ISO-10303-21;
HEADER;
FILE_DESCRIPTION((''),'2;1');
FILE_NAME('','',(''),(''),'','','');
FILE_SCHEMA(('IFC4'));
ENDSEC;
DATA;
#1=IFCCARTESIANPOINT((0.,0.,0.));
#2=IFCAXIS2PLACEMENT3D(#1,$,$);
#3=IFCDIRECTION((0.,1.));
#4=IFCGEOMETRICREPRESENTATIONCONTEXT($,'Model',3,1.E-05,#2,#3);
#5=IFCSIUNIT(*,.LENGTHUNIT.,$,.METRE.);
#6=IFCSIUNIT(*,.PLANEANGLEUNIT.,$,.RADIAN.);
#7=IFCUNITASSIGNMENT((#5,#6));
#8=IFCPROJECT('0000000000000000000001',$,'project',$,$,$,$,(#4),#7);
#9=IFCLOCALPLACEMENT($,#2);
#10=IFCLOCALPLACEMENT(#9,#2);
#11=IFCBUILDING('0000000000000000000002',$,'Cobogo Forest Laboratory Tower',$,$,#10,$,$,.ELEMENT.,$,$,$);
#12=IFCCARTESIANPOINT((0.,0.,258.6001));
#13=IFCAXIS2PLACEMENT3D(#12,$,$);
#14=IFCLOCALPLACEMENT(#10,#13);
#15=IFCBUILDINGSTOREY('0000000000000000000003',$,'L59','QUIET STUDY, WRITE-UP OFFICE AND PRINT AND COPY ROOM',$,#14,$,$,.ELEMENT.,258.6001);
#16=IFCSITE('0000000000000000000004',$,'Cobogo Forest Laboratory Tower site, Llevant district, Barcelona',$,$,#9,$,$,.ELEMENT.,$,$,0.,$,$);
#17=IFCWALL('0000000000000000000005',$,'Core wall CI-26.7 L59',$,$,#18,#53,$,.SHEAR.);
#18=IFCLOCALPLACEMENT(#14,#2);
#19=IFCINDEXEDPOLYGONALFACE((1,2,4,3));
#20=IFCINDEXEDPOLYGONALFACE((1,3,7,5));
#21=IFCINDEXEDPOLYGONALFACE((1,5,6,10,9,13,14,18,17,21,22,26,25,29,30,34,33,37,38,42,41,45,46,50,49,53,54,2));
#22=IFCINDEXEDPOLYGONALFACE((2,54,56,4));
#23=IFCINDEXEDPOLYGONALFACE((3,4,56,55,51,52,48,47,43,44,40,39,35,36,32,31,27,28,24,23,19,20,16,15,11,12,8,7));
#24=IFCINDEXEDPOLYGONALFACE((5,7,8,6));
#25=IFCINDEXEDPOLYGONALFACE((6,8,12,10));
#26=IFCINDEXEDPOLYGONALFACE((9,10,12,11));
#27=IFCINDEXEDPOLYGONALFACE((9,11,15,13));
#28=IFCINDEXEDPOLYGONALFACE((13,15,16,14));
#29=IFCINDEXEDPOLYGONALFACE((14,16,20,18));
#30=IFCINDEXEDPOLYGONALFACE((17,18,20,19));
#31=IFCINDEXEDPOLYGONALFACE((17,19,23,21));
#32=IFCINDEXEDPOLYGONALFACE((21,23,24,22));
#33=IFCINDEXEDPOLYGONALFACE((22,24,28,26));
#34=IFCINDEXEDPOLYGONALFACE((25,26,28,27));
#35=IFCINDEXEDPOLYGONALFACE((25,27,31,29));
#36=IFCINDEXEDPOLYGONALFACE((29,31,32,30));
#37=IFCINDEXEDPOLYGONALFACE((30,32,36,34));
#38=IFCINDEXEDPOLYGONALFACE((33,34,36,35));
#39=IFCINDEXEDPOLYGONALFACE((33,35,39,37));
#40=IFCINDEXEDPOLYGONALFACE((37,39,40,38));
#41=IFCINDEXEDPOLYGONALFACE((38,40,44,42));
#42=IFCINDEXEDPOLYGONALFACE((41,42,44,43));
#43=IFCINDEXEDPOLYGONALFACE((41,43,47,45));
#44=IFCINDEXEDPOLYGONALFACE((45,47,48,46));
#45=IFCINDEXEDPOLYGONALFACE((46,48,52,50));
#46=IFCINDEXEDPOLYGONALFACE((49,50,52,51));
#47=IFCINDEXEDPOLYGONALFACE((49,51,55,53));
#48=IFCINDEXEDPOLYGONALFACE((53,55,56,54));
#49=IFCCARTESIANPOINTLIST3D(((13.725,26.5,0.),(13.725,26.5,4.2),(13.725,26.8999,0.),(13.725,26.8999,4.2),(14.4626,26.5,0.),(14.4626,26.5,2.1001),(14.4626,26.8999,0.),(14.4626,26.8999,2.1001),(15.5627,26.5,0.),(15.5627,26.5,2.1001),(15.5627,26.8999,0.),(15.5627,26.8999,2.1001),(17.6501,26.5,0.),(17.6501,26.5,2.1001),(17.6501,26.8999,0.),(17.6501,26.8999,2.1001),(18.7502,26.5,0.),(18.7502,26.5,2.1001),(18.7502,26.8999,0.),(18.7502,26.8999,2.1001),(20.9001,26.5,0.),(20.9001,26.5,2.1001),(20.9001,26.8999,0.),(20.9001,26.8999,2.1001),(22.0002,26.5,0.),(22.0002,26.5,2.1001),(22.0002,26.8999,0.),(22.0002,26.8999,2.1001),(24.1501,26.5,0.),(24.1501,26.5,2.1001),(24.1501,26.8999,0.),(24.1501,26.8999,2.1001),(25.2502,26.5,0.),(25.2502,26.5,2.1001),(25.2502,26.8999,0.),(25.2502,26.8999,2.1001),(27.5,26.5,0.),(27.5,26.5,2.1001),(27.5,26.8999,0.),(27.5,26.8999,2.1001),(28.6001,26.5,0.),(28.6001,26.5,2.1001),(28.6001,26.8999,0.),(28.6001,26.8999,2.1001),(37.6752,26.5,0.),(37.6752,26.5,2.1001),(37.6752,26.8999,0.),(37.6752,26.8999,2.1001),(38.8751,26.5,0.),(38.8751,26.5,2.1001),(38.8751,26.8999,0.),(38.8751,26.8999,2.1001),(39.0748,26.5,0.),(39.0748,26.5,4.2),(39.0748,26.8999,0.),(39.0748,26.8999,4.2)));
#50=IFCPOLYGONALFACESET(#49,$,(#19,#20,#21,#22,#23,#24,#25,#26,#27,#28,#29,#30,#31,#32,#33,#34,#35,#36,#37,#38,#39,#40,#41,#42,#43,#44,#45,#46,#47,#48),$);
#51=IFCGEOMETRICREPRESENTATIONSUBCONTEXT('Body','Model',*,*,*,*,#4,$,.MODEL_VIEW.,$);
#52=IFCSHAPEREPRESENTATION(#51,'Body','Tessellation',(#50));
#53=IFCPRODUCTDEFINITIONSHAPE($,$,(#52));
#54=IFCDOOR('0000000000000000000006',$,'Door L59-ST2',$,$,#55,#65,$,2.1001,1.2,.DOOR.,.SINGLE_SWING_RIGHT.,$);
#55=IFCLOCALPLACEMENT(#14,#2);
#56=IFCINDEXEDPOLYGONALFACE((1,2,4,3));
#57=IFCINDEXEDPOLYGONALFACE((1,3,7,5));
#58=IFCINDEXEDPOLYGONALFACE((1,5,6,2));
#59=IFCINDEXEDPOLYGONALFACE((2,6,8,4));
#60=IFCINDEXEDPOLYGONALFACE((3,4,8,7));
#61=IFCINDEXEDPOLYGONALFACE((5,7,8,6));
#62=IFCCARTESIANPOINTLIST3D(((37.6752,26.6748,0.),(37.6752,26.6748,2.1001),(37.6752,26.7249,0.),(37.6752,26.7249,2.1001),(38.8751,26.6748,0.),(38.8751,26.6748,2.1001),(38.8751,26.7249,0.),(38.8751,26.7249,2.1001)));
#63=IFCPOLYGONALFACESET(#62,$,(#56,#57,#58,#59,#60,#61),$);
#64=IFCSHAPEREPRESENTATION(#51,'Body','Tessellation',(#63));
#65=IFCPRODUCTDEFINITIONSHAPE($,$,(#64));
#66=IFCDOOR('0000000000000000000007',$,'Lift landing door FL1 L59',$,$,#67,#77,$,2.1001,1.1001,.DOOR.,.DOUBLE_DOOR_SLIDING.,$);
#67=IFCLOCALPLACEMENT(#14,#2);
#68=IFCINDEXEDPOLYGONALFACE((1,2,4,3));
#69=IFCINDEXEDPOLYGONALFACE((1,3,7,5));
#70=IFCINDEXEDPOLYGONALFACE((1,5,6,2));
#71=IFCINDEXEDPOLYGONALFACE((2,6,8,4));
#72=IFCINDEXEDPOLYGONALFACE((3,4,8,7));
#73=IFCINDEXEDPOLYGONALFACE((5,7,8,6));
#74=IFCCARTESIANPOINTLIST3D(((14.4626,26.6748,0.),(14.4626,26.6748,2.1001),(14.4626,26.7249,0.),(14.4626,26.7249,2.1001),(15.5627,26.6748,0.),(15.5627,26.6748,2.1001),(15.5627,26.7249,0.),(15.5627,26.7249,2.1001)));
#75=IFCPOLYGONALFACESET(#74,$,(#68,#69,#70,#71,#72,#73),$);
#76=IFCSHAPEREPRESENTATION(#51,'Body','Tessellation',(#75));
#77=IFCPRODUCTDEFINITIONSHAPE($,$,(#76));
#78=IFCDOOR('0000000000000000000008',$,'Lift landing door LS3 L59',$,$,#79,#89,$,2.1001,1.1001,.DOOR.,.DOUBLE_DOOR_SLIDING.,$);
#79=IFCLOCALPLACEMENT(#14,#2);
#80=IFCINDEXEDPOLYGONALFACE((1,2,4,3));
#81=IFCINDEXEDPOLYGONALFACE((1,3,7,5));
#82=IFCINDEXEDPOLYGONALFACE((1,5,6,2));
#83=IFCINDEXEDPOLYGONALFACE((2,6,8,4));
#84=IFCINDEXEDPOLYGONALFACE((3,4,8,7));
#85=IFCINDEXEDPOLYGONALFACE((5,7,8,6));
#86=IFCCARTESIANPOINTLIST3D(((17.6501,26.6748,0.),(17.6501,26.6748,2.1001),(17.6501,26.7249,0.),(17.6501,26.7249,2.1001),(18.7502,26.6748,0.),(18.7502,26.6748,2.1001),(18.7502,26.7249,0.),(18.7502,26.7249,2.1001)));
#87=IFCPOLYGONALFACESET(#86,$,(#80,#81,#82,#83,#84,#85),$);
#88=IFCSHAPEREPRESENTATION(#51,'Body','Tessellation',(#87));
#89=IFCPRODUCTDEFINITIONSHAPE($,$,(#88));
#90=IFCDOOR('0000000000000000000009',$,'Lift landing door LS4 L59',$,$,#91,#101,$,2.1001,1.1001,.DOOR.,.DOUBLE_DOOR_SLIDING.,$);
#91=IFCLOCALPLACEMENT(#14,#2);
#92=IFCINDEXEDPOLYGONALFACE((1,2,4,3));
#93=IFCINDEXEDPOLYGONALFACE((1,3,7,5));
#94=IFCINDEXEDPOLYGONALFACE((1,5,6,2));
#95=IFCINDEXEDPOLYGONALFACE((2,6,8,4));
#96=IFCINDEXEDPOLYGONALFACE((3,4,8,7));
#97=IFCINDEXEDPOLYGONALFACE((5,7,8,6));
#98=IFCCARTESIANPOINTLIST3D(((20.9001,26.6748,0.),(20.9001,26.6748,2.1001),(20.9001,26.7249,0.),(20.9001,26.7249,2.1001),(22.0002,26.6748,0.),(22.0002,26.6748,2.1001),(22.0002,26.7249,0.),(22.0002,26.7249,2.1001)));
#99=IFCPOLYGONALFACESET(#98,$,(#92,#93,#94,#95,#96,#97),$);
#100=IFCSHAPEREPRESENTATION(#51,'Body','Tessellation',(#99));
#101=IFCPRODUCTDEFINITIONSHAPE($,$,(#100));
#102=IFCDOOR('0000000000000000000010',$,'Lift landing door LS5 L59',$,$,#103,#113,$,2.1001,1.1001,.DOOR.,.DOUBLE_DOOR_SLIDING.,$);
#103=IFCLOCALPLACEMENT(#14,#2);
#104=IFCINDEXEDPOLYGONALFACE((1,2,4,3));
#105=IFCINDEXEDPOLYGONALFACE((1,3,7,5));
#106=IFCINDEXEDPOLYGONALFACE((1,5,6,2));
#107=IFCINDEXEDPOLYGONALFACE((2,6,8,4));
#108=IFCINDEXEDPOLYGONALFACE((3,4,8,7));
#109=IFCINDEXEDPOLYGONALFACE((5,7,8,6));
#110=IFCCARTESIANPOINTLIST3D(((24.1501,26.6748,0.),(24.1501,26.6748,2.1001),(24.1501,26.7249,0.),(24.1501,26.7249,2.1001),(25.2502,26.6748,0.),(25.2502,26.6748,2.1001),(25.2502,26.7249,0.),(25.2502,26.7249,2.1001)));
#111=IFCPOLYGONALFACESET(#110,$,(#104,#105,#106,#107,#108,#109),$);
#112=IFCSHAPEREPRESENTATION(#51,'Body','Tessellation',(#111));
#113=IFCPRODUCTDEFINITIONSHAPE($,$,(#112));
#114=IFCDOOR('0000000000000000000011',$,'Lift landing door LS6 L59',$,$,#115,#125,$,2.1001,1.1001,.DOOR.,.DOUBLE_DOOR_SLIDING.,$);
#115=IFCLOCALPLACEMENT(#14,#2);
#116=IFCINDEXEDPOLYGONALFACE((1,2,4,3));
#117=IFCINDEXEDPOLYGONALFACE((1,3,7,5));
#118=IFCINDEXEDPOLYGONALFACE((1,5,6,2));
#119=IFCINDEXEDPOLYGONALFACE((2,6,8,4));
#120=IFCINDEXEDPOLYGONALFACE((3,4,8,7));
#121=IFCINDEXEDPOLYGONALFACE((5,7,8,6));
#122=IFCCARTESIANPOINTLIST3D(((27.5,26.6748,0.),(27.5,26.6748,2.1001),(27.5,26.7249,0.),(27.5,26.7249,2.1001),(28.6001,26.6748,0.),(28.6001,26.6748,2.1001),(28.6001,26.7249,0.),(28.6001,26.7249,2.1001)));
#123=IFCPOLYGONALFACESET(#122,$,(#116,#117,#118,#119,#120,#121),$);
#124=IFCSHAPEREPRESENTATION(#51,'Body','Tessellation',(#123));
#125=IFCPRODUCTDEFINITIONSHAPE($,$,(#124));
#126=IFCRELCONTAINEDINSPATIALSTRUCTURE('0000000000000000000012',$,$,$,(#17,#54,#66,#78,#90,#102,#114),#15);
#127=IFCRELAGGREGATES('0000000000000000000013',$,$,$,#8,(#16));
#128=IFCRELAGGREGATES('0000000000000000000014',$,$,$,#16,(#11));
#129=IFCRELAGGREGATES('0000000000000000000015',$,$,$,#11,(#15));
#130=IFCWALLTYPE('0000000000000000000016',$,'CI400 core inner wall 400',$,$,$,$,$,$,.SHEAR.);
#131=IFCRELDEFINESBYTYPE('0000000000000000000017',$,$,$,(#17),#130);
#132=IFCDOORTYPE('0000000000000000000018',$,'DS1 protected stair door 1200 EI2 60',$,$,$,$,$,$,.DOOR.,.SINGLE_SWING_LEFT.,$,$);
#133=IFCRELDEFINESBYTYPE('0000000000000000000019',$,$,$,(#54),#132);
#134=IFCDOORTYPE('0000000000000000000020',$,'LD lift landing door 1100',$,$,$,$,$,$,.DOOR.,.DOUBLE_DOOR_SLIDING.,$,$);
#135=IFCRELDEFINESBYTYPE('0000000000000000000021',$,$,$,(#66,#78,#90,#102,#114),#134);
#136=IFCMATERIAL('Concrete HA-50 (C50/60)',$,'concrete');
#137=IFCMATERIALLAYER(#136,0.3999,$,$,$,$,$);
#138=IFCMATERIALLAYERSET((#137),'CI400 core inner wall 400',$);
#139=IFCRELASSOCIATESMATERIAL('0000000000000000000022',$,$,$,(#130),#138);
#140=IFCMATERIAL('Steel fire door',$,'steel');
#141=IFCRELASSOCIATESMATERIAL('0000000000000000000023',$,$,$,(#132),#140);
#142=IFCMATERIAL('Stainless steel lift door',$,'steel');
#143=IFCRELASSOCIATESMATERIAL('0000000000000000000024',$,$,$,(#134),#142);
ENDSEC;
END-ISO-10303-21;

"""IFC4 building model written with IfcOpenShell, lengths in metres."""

from ifc_helpers import new_model, si_unit, direction, frame, frame_2d, origin, place, context, subcontext, project, spatial, rectangle, extrude, material, layer, layer_set, type_object, element, fill, save


model = new_model("IFC4")

# Units and contexts
model_context = context("Model", 3, precision=1e-05, world=origin(), true_north=direction((0.0, 1.0)))
body_context = subcontext(model_context, "Body", "Model", "MODEL_VIEW")
ifc_project = project(units=[si_unit("LENGTHUNIT", "METRE"), si_unit("PLANEANGLEUNIT", "RADIAN")], contexts=[model_context])

# Site, building, storey
site_placement = place(None, origin())
site = spatial("IfcSite", under=ifc_project, at=site_placement, Name="Cobogo Forest Laboratory Tower site, Llevant district, Barcelona", CompositionType="ELEMENT", RefElevation=0.0)
building_placement = place(site_placement, origin())
building = spatial("IfcBuilding", under=site, at=building_placement, Name="Cobogo Forest Laboratory Tower", CompositionType="ELEMENT")
storey_placement = place(building_placement, frame((0.0, 0.0, 258.6001)))
storey = spatial("IfcBuildingStorey", under=building, at=storey_placement, Name="L59", Description="QUIET STUDY, WRITE-UP OFFICE AND PRINT AND COPY ROOM", CompositionType="ELEMENT", Elevation=258.6001)

# Shared definitions
ifc_material_1 = material(Name="Concrete HA-50 (C50/60)", Category="concrete")

# Shared definitions
ifc_layer_1 = layer(ifc_material_1, 0.3999)
ifc_layer_set_1 = layer_set([ifc_layer_1], Name="CI400 core inner wall 400")
wall_type_1 = type_object("IfcWallType", Name="CI400 core inner wall 400", PredefinedType="SHEAR", material=ifc_layer_set_1)
ifc_material_2 = material(Name="Steel fire door", Category="steel")
door_type_1 = type_object("IfcDoorType", Name="DS1 protected stair door 1200 EI2 60", OperationType="SINGLE_SWING_LEFT", PredefinedType="DOOR", material=ifc_material_2)
ifc_material_3 = material(Name="Stainless steel lift door", Category="steel")
door_type_2 = type_object("IfcDoorType", Name="LD lift landing door 1100", OperationType="DOUBLE_DOOR_SLIDING", PredefinedType="DOOR", material=ifc_material_3)

# Wall, openings, doors
wall_1_placement = place(storey_placement, frame((13.7251, 26.7, 0.0), z_axis=(0.0, 0.0, 1.0), x_axis=(1.0, 0.0, 0.0)))
wall_1 = element("IfcWall", 1, at=wall_1_placement, inside=storey, type_object=wall_type_1, Name="Core wall CI-26.7 L59", PredefinedType="SHEAR", context=body_context, shape_type="SweptSolid", body=[
    extrude(rectangle(XDim=25.3499, YDim=0.3999, at=frame_2d((12.6748, 0.0))), origin(), (0.0, 0.0, 1.0), 4.2),
])
opening_1_placement = place(wall_1_placement, frame((23.95, 0.0, 0.0)))
opening_1 = element("IfcOpeningElement", 2, at=opening_1_placement, cuts=wall_1, PredefinedType="OPENING", context=body_context, shape_type="SweptSolid", body=[
    extrude(rectangle(XDim=1.2, YDim=2.1001, at=frame_2d((0.6001, 1.05))), frame((0.0, 0.21, 0.0), z_axis=(0.0, -1.0, 0.0), x_axis=(1.0, 0.0, 0.0)), (0.0, 0.0, 1.0), 0.4199),
])
opening_2_placement = place(wall_1_placement, frame((0.7375, 0.0, 0.0)))
opening_2 = element("IfcOpeningElement", 3, at=opening_2_placement, cuts=wall_1, PredefinedType="OPENING", context=body_context, shape_type="SweptSolid", body=[
    extrude(rectangle(XDim=1.1001, YDim=2.1001, at=frame_2d((0.55, 1.05))), frame((0.0, 0.21, 0.0), z_axis=(0.0, -1.0, 0.0), x_axis=(1.0, 0.0, 0.0)), (0.0, 0.0, 1.0), 0.4199),
])
opening_3_placement = place(wall_1_placement, frame((3.925, 0.0, 0.0)))
opening_3 = element("IfcOpeningElement", 4, at=opening_3_placement, cuts=wall_1, PredefinedType="OPENING", context=body_context, shape_type="SweptSolid", body=[
    extrude(rectangle(XDim=1.1001, YDim=2.1001, at=frame_2d((0.55, 1.05))), frame((0.0, 0.21, 0.0), z_axis=(0.0, -1.0, 0.0), x_axis=(1.0, 0.0, 0.0)), (0.0, 0.0, 1.0), 0.4199),
])
opening_4_placement = place(wall_1_placement, frame((7.175, 0.0, 0.0)))
opening_4 = element("IfcOpeningElement", 5, at=opening_4_placement, cuts=wall_1, PredefinedType="OPENING", context=body_context, shape_type="SweptSolid", body=[
    extrude(rectangle(XDim=1.1001, YDim=2.1001, at=frame_2d((0.55, 1.05))), frame((0.0, 0.21, 0.0), z_axis=(0.0, -1.0, 0.0), x_axis=(1.0, 0.0, 0.0)), (0.0, 0.0, 1.0), 0.4199),
])
opening_5_placement = place(wall_1_placement, frame((10.425, 0.0, 0.0)))
opening_5 = element("IfcOpeningElement", 6, at=opening_5_placement, cuts=wall_1, PredefinedType="OPENING", context=body_context, shape_type="SweptSolid", body=[
    extrude(rectangle(XDim=1.1001, YDim=2.1001, at=frame_2d((0.55, 1.05))), frame((0.0, 0.21, 0.0), z_axis=(0.0, -1.0, 0.0), x_axis=(1.0, 0.0, 0.0)), (0.0, 0.0, 1.0), 0.4199),
])
opening_6_placement = place(wall_1_placement, frame((13.7749, 0.0, 0.0)))
opening_6 = element("IfcOpeningElement", 7, at=opening_6_placement, cuts=wall_1, PredefinedType="OPENING", context=body_context, shape_type="SweptSolid", body=[
    extrude(rectangle(XDim=1.1001, YDim=2.1001, at=frame_2d((0.55, 1.05))), frame((0.0, 0.21, 0.0), z_axis=(0.0, -1.0, 0.0), x_axis=(1.0, 0.0, 0.0)), (0.0, 0.0, 1.0), 0.4199),
])
door_1_placement = place(opening_1_placement, origin())
door_1 = element("IfcDoor", 8, at=door_1_placement, inside=storey, type_object=door_type_1, Name="Door L59-ST2", OperationType="SINGLE_SWING_RIGHT", OverallHeight=2.1001, OverallWidth=1.2, PredefinedType="DOOR", context=body_context, shape_type="SweptSolid", body=[
    extrude(rectangle(XDim=1.2, YDim=2.1001, at=frame_2d((0.6001, 1.05))), frame((0.0, 0.0249, 0.0), z_axis=(0.0, -1.0, 0.0), x_axis=(1.0, 0.0, 0.0)), (0.0, 0.0, 1.0), 0.05),
])
fill(opening_1, door_1)
door_2_placement = place(opening_2_placement, origin())
door_2 = element("IfcDoor", 9, at=door_2_placement, inside=storey, type_object=door_type_2, Name="Lift landing door FL1 L59", OperationType="DOUBLE_DOOR_SLIDING", OverallHeight=2.1001, OverallWidth=1.1001, PredefinedType="DOOR", context=body_context, shape_type="SweptSolid", body=[
    extrude(rectangle(XDim=1.1001, YDim=2.1001, at=frame_2d((0.55, 1.05))), frame((0.0, 0.0249, 0.0), z_axis=(0.0, -1.0, 0.0), x_axis=(1.0, 0.0, 0.0)), (0.0, 0.0, 1.0), 0.05),
])
fill(opening_2, door_2)
door_3_placement = place(opening_3_placement, origin())
door_3 = element("IfcDoor", 10, at=door_3_placement, inside=storey, type_object=door_type_2, Name="Lift landing door LS3 L59", OperationType="DOUBLE_DOOR_SLIDING", OverallHeight=2.1001, OverallWidth=1.1001, PredefinedType="DOOR", context=body_context, shape_type="SweptSolid", body=[
    extrude(rectangle(XDim=1.1001, YDim=2.1001, at=frame_2d((0.55, 1.05))), frame((0.0, 0.0249, 0.0), z_axis=(0.0, -1.0, 0.0), x_axis=(1.0, 0.0, 0.0)), (0.0, 0.0, 1.0), 0.05),
])
fill(opening_3, door_3)
door_4_placement = place(opening_4_placement, origin())
door_4 = element("IfcDoor", 11, at=door_4_placement, inside=storey, type_object=door_type_2, Name="Lift landing door LS4 L59", OperationType="DOUBLE_DOOR_SLIDING", OverallHeight=2.1001, OverallWidth=1.1001, PredefinedType="DOOR", context=body_context, shape_type="SweptSolid", body=[
    extrude(rectangle(XDim=1.1001, YDim=2.1001, at=frame_2d((0.55, 1.05))), frame((0.0, 0.0249, 0.0), z_axis=(0.0, -1.0, 0.0), x_axis=(1.0, 0.0, 0.0)), (0.0, 0.0, 1.0), 0.05),
])
fill(opening_4, door_4)
door_5_placement = place(opening_5_placement, origin())
door_5 = element("IfcDoor", 12, at=door_5_placement, inside=storey, type_object=door_type_2, Name="Lift landing door LS5 L59", OperationType="DOUBLE_DOOR_SLIDING", OverallHeight=2.1001, OverallWidth=1.1001, PredefinedType="DOOR", context=body_context, shape_type="SweptSolid", body=[
    extrude(rectangle(XDim=1.1001, YDim=2.1001, at=frame_2d((0.55, 1.05))), frame((0.0, 0.0249, 0.0), z_axis=(0.0, -1.0, 0.0), x_axis=(1.0, 0.0, 0.0)), (0.0, 0.0, 1.0), 0.05),
])
fill(opening_5, door_5)
door_6_placement = place(opening_6_placement, origin())
door_6 = element("IfcDoor", 13, at=door_6_placement, inside=storey, type_object=door_type_2, Name="Lift landing door LS6 L59", OperationType="DOUBLE_DOOR_SLIDING", OverallHeight=2.1001, OverallWidth=1.1001, PredefinedType="DOOR", context=body_context, shape_type="SweptSolid", body=[
    extrude(rectangle(XDim=1.1001, YDim=2.1001, at=frame_2d((0.55, 1.05))), frame((0.0, 0.0249, 0.0), z_axis=(0.0, -1.0, 0.0), x_axis=(1.0, 0.0, 0.0)), (0.0, 0.0, 1.0), 0.05),
])
fill(opening_6, door_6)

save(model, "model.ifc")
